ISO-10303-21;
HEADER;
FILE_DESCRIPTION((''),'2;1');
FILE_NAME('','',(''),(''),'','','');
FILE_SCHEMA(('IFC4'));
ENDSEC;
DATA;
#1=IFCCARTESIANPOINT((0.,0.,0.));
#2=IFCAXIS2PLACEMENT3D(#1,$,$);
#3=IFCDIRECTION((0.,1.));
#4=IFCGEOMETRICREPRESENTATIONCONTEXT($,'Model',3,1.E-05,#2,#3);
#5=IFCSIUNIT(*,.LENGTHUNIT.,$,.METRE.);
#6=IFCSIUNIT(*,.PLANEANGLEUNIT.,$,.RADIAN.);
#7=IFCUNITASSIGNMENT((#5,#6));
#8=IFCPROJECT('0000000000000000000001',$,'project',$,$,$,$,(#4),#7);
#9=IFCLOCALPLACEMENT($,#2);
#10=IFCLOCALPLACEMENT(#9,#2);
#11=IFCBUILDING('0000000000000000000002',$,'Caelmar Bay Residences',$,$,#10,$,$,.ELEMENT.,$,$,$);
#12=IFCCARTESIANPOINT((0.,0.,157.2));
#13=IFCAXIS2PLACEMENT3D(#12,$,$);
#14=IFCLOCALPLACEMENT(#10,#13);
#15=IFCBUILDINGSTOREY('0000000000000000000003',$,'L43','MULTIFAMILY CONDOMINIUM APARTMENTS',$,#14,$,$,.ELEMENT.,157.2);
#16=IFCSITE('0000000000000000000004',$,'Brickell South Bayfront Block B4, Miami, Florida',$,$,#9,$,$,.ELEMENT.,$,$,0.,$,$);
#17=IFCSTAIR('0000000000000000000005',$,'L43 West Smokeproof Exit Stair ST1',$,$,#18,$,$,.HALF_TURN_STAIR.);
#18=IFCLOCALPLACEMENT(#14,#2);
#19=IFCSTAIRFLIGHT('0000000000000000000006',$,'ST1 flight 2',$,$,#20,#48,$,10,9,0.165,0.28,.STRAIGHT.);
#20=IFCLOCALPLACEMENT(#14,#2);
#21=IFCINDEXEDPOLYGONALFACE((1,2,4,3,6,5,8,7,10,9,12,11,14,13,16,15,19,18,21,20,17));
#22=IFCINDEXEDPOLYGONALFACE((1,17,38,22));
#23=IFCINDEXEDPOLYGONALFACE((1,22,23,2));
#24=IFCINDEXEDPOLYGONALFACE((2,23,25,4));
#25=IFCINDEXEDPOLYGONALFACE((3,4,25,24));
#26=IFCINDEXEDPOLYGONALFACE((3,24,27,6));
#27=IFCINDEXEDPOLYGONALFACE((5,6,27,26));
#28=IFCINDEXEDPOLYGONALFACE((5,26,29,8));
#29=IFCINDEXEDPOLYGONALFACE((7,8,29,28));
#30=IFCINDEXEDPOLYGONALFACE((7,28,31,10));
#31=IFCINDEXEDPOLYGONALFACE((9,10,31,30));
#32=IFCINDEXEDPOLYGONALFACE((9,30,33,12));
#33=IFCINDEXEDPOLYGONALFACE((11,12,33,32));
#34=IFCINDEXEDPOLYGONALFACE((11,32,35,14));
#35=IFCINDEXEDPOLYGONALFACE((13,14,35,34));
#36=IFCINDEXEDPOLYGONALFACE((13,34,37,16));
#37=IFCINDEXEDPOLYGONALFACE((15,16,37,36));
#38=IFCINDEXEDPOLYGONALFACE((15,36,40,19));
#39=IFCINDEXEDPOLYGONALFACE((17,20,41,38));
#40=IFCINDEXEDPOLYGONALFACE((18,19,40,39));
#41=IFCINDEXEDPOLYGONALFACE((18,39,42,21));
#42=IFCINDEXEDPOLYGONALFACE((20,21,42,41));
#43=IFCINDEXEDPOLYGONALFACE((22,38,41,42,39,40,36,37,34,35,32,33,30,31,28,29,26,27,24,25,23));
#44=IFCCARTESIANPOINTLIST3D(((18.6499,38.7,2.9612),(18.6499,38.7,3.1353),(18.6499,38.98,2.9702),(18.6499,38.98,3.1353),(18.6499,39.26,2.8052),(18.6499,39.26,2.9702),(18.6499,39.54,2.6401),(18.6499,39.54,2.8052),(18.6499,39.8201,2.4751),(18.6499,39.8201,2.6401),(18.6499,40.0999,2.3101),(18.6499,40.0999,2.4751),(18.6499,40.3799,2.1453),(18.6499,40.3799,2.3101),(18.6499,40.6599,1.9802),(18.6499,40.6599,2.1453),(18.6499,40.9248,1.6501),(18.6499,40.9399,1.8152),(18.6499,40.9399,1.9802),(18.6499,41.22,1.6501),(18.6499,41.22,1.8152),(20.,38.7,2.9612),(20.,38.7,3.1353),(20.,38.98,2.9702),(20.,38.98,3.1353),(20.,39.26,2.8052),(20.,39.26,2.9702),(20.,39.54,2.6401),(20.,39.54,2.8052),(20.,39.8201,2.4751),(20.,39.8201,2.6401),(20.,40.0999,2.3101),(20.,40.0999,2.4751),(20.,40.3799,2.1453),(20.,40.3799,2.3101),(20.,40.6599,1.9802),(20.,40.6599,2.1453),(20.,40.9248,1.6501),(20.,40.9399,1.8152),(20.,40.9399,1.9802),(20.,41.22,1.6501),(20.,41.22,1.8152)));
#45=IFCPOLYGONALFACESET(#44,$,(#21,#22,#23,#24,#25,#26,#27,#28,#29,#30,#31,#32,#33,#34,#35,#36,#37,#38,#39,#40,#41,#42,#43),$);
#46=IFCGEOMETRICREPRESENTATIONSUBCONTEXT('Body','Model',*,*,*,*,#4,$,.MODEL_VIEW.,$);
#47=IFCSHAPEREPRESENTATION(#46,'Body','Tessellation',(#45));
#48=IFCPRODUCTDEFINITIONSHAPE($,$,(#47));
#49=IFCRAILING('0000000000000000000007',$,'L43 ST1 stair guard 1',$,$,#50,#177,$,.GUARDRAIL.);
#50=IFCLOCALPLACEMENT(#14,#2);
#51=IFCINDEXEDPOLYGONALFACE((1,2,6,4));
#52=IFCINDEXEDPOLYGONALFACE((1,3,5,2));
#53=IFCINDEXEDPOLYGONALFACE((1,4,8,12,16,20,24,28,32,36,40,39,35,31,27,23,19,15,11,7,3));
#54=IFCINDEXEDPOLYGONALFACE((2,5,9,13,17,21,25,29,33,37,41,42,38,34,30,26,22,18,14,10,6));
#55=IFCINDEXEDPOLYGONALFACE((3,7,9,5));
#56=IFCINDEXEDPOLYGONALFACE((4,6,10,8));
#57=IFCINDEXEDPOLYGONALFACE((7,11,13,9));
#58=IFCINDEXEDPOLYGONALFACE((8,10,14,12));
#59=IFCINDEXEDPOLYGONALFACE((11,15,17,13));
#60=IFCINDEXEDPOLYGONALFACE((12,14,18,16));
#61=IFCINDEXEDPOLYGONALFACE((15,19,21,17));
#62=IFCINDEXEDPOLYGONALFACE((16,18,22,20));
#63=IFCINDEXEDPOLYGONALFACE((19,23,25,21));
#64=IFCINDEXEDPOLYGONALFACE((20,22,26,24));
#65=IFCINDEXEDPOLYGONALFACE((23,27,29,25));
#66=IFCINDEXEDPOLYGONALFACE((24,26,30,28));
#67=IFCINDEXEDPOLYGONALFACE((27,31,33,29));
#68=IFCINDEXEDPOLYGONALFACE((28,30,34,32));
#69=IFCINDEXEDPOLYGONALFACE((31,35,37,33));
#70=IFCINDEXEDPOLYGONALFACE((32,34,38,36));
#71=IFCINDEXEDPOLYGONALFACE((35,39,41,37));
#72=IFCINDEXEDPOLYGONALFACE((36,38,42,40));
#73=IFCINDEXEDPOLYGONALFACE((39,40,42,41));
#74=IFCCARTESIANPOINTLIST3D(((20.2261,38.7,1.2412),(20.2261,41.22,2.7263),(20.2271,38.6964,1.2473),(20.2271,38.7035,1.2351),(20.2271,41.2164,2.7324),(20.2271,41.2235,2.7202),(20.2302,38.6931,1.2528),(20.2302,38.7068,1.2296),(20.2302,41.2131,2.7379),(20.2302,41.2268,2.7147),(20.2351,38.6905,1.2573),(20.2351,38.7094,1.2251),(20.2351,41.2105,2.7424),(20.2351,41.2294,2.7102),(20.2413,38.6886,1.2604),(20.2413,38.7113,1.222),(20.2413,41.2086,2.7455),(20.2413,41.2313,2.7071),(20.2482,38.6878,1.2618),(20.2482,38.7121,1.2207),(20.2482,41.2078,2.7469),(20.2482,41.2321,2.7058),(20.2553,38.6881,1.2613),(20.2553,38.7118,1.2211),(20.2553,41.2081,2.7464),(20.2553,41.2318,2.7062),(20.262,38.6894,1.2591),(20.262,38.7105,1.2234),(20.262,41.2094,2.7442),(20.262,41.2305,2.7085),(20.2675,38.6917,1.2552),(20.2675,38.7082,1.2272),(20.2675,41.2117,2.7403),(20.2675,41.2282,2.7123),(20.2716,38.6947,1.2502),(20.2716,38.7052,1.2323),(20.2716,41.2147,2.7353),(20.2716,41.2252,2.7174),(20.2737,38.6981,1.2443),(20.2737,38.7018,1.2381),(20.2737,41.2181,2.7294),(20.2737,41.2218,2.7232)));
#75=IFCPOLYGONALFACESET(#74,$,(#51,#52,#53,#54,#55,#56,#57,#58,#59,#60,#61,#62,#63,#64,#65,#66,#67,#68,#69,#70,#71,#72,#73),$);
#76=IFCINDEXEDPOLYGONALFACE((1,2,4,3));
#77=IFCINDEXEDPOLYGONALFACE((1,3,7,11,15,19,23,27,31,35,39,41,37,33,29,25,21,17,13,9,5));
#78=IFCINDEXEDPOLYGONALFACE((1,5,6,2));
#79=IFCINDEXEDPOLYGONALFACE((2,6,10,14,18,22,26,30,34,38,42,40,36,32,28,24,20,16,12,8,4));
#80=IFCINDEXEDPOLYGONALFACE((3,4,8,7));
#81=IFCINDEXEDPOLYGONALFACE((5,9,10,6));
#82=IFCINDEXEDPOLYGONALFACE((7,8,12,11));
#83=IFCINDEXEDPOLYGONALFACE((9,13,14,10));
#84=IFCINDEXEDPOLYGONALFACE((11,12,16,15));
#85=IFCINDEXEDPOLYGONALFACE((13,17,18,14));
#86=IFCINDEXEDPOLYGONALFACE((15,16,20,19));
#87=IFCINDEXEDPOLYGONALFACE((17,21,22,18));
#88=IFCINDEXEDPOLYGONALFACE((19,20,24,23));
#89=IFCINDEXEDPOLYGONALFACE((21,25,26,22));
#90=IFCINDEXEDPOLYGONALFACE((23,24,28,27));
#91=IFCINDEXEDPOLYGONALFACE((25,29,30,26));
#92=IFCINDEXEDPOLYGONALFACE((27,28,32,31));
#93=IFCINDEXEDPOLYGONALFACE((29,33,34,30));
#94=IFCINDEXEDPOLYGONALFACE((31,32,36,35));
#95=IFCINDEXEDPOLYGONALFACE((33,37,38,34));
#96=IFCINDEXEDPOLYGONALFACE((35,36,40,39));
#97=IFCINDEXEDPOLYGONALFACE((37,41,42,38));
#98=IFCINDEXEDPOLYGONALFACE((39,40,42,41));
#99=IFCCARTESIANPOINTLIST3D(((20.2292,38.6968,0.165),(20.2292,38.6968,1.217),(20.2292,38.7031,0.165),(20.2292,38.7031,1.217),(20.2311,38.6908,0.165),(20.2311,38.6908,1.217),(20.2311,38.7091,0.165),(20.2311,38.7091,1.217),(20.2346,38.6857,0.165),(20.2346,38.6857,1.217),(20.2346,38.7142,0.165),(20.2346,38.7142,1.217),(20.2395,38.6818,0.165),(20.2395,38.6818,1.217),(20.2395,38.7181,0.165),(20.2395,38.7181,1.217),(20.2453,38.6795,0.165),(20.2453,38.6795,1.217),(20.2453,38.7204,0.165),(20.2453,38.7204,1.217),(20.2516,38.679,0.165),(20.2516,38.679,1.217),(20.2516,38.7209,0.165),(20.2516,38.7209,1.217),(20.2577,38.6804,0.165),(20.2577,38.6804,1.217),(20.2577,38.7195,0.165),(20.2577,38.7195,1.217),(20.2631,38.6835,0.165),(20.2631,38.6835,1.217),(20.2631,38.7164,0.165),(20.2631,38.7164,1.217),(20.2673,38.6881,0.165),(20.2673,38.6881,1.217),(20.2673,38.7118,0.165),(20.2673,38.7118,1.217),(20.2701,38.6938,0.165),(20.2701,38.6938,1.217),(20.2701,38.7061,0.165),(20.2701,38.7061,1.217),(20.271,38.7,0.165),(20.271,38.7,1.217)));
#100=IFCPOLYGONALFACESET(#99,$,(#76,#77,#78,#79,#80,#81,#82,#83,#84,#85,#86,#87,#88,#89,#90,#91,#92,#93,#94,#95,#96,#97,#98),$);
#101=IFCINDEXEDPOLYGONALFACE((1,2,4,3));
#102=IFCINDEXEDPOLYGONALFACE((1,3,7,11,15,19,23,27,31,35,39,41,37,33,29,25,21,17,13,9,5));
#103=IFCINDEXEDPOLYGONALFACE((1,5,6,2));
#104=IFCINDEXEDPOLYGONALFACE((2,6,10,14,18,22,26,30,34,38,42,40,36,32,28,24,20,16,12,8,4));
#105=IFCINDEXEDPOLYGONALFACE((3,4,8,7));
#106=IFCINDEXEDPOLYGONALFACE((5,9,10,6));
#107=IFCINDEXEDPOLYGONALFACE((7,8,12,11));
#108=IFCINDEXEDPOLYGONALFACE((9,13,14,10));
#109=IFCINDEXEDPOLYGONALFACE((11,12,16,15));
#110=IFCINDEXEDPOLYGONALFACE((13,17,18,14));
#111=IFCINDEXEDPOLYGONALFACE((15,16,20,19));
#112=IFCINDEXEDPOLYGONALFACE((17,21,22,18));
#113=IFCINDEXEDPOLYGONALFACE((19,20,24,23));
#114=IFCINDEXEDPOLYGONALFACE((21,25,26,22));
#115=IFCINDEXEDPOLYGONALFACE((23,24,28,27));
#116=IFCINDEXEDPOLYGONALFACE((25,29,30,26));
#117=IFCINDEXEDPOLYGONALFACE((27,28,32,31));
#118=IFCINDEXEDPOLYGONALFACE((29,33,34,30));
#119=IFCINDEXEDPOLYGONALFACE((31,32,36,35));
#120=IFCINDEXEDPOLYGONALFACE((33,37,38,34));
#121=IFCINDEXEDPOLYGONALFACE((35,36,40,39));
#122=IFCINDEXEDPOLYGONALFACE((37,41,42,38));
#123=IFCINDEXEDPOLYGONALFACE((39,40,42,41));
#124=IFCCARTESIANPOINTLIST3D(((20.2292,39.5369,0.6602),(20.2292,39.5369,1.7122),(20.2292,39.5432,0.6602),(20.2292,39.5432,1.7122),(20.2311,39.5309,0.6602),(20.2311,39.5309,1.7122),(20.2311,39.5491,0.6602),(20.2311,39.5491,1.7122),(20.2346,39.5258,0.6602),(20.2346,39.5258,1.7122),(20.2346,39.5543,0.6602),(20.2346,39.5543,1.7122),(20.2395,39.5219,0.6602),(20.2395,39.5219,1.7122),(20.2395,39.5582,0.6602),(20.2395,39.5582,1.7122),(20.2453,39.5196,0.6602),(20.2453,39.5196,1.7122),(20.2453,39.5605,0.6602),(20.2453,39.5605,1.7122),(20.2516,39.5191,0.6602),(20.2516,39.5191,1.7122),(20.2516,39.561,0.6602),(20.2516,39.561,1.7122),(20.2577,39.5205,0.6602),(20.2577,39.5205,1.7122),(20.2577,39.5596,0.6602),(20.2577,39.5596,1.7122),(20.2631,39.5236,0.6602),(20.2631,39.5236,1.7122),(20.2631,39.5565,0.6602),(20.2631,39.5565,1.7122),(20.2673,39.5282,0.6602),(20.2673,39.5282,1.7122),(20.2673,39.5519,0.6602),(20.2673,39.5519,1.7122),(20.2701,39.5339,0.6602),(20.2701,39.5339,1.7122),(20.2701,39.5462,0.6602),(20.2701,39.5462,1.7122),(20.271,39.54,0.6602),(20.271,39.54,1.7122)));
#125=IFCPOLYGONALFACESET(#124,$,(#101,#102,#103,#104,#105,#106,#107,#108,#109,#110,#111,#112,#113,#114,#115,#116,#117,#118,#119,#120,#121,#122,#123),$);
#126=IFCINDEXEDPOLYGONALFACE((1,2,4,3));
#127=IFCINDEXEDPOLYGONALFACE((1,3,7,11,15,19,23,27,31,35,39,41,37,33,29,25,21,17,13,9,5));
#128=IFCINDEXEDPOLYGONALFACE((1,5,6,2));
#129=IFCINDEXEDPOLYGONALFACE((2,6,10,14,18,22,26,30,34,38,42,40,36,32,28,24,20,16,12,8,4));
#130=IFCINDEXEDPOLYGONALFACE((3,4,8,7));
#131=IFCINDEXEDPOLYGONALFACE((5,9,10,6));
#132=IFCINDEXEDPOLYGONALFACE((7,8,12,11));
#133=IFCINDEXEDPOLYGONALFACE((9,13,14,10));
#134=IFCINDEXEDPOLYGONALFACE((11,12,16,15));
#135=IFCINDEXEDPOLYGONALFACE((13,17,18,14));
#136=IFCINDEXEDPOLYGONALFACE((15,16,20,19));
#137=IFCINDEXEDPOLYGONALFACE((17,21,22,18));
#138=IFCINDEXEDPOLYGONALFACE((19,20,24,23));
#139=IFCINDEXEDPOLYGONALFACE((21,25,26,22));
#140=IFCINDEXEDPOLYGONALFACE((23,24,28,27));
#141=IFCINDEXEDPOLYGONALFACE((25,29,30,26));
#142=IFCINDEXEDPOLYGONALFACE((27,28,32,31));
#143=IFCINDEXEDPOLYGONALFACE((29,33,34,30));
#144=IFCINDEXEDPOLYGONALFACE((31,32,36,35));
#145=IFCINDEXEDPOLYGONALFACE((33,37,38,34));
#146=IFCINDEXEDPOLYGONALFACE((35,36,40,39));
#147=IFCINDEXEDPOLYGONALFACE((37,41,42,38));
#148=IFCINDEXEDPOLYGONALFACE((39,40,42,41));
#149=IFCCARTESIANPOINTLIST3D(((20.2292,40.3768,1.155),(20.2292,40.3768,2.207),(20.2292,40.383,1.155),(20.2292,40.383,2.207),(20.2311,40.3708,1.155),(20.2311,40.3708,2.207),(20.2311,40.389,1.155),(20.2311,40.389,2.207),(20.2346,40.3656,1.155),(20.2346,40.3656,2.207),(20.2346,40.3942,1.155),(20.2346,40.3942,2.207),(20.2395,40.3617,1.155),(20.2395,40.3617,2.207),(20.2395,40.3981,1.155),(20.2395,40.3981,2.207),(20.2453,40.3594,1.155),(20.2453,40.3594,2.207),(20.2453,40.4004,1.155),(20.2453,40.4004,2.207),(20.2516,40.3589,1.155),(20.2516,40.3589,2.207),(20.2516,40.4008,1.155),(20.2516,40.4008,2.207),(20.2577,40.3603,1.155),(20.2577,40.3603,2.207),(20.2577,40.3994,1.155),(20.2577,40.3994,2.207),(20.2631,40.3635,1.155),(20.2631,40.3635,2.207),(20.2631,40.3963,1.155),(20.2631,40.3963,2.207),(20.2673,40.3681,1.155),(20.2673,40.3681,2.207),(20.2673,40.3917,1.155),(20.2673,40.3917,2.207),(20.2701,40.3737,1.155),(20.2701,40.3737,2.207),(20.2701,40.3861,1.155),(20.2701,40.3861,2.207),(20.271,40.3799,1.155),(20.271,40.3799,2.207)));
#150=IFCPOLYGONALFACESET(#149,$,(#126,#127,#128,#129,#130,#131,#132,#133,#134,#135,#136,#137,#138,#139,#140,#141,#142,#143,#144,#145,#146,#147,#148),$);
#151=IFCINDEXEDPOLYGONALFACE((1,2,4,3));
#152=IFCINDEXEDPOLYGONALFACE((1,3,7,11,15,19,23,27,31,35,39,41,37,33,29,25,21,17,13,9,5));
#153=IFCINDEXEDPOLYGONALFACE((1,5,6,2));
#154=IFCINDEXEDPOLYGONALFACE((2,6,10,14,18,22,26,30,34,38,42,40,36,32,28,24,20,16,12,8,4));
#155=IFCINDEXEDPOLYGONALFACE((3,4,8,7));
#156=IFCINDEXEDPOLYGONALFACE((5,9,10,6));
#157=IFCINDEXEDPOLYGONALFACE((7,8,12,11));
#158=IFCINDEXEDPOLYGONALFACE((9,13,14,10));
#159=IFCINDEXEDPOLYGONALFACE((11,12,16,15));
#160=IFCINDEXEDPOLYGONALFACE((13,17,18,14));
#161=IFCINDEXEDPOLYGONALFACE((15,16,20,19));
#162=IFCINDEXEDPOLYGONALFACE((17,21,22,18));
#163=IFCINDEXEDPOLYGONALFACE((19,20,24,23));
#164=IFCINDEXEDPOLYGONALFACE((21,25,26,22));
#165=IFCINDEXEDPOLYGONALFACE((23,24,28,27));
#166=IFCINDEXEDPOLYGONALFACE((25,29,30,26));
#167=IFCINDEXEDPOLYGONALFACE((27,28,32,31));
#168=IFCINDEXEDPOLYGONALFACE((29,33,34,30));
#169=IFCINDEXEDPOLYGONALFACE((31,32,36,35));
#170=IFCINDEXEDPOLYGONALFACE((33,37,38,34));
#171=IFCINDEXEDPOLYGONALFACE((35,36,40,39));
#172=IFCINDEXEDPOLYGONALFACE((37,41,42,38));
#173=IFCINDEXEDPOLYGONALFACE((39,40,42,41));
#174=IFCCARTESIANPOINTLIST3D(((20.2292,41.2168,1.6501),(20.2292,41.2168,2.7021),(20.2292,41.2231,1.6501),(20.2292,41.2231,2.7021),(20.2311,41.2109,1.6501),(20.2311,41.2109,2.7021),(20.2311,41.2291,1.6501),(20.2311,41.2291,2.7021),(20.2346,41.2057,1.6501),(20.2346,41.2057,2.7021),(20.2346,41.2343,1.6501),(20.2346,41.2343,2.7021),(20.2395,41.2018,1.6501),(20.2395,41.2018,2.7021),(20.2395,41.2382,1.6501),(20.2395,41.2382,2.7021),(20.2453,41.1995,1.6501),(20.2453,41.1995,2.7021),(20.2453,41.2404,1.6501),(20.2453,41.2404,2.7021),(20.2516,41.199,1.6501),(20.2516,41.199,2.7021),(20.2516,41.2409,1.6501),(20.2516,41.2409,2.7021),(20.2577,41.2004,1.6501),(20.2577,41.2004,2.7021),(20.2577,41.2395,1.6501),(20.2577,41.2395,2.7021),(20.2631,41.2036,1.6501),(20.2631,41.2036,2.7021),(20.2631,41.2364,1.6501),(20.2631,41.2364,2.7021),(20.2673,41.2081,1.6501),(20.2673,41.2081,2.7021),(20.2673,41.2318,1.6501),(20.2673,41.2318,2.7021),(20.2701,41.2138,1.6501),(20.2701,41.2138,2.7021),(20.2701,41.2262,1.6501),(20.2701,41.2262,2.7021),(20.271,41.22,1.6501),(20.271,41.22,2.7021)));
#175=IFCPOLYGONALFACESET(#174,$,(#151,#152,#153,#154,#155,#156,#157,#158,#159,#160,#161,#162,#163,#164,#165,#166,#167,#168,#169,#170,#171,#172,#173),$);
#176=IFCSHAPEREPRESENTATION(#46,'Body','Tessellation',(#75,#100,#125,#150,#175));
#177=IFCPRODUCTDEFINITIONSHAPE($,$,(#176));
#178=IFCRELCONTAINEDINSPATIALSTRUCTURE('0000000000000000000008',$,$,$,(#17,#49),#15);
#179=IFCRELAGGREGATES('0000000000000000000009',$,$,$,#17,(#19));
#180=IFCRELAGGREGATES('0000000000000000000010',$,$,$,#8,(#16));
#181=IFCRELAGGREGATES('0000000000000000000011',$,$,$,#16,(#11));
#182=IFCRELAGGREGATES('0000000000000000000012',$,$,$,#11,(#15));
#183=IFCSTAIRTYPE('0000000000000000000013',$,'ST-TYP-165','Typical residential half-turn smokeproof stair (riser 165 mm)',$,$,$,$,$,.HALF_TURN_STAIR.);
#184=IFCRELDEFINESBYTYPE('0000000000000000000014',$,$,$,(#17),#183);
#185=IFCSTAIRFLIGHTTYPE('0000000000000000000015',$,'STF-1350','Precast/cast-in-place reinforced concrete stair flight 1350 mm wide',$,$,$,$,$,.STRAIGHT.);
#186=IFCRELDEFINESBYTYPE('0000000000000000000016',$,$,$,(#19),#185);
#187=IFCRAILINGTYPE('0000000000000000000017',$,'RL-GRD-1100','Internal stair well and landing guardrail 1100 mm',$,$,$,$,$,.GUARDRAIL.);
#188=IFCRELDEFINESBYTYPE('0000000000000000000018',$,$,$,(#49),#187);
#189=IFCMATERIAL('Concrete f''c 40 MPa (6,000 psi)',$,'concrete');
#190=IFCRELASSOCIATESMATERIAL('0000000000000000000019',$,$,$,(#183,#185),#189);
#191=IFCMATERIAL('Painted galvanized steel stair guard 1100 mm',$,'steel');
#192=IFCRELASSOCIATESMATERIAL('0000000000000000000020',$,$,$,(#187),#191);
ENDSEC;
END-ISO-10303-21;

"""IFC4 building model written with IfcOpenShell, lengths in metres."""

from ifc_helpers import new_model, si_unit, direction, frame, origin, origin_2d, place, context, subcontext, project, spatial, polyline, circle, outline, extrude, material, type_object, element, aggregate, save


model = new_model("IFC4")

# Units and contexts
model_context = context("Model", 3, precision=1e-05, world=origin(), true_north=direction((0.0, 1.0)))
body_context = subcontext(model_context, "Body", "Model", "MODEL_VIEW")
ifc_project = project(units=[si_unit("LENGTHUNIT", "METRE"), si_unit("PLANEANGLEUNIT", "RADIAN")], contexts=[model_context])

# Site, building, storey
site_placement = place(None, origin())
site = spatial("IfcSite", under=ifc_project, at=site_placement, Name="Brickell South Bayfront Block B4, Miami, Florida", CompositionType="ELEMENT", RefElevation=0.0)
building_placement = place(site_placement, origin())
building = spatial("IfcBuilding", under=site, at=building_placement, Name="Caelmar Bay Residences", CompositionType="ELEMENT")
storey_placement = place(building_placement, frame((0.0, 0.0, 157.2)))
storey = spatial("IfcBuildingStorey", under=building, at=storey_placement, Name="L43", Description="MULTIFAMILY CONDOMINIUM APARTMENTS", CompositionType="ELEMENT", Elevation=157.2)

# Stair, stair flight
ifc_material_1 = material(Name="Concrete f'c 40 MPa (6,000 psi)", Category="concrete")
stair_type = type_object("IfcStairType", Name="ST-TYP-165", Description="Typical residential half-turn smokeproof stair (riser 165 mm)", PredefinedType="HALF_TURN_STAIR", material=ifc_material_1)
stair_placement = place(storey_placement, origin())
stair = element("IfcStair", 1, at=stair_placement, inside=storey, type_object=stair_type, Name="L43 West Smokeproof Exit Stair ST1", PredefinedType="HALF_TURN_STAIR")
stair_flight_type = type_object("IfcStairFlightType", Name="STF-1350", Description="Precast/cast-in-place reinforced concrete stair flight 1350 mm wide", PredefinedType="STRAIGHT", material=ifc_material_1)
stair_flight_1_placement = place(storey_placement, frame((19.325, 41.22, 1.6501), z_axis=(0.0, 0.0, 1.0), x_axis=(0.0, -1.0, 0.0)))
stair_flight_1 = element("IfcStairFlight", 2, at=stair_flight_1_placement, type_object=stair_flight_type, Name="ST1 flight 2", NumberOfRisers=10, NumberOfTreads=9, PredefinedType="STRAIGHT", RiserHeight=0.165, TreadLength=0.28, context=body_context, shape_type="SweptSolid", body=[
    extrude(outline(polyline([(0.0, 0.0), (0.0, 0.165), (0.28, 0.165), (0.28, 0.3301), (0.5601, 0.3301), (0.5601, 0.4951), (0.8401, 0.4951), (0.8401, 0.6599), (1.1201, 0.6599), (1.1201, 0.825), (1.3999, 0.825), (1.3999, 0.99), (1.6799, 0.99), (1.6799, 1.155), (1.96, 1.155), (1.96, 1.3201), (2.24, 1.3201), (2.24, 1.4851), (2.52, 1.4851), (2.52, 1.6499), (2.52, 1.311), (0.2952, 0.0), (0.0, 0.0)])), frame((0.0, 0.675, 0.0), z_axis=(0.0, -1.0, 0.0), x_axis=(1.0, 0.0, 0.0)), (0.0, 0.0, 1.0), 1.3501),
])
aggregate(stair, [stair_flight_1])

# Railing
ifc_material_2 = material(Name="Painted galvanized steel stair guard 1100 mm", Category="steel")
railing_type_1 = type_object("IfcRailingType", Name="RL-GRD-1100", Description="Internal stair well and landing guardrail 1100 mm", PredefinedType="GUARDRAIL", material=ifc_material_2)
railing_1_placement = place(storey_placement, frame((20.25, 38.7, 0.165)))
element("IfcRailing", 3, at=railing_1_placement, inside=storey, type_object=railing_type_1, Name="L43 ST1 stair guard 1", PredefinedType="GUARDRAIL", context=body_context, shape_type="SweptSolid", body=[
    extrude(circle(Radius=0.0239, at=origin_2d()), frame((0.0, 0.0, 1.0762), z_axis=(0.0, 0.861524, 0.507717), x_axis=(-1.0, 0.0, 0.0)), (0.0, 0.0, 1.0), 2.925),
    extrude(circle(Radius=0.021, at=origin_2d()), origin(), (0.0, 0.0, 1.0), 1.052),
    extrude(circle(Radius=0.021, at=origin_2d()), frame((0.0, 0.8401, 0.4951)), (0.0, 0.0, 1.0), 1.052),
    extrude(circle(Radius=0.021, at=origin_2d()), frame((0.0, 1.6799, 0.99)), (0.0, 0.0, 1.0), 1.052),
    extrude(circle(Radius=0.021, at=origin_2d()), frame((0.0, 2.52, 1.4851)), (0.0, 0.0, 1.0), 1.052),
])

save(model, "model.ifc")
